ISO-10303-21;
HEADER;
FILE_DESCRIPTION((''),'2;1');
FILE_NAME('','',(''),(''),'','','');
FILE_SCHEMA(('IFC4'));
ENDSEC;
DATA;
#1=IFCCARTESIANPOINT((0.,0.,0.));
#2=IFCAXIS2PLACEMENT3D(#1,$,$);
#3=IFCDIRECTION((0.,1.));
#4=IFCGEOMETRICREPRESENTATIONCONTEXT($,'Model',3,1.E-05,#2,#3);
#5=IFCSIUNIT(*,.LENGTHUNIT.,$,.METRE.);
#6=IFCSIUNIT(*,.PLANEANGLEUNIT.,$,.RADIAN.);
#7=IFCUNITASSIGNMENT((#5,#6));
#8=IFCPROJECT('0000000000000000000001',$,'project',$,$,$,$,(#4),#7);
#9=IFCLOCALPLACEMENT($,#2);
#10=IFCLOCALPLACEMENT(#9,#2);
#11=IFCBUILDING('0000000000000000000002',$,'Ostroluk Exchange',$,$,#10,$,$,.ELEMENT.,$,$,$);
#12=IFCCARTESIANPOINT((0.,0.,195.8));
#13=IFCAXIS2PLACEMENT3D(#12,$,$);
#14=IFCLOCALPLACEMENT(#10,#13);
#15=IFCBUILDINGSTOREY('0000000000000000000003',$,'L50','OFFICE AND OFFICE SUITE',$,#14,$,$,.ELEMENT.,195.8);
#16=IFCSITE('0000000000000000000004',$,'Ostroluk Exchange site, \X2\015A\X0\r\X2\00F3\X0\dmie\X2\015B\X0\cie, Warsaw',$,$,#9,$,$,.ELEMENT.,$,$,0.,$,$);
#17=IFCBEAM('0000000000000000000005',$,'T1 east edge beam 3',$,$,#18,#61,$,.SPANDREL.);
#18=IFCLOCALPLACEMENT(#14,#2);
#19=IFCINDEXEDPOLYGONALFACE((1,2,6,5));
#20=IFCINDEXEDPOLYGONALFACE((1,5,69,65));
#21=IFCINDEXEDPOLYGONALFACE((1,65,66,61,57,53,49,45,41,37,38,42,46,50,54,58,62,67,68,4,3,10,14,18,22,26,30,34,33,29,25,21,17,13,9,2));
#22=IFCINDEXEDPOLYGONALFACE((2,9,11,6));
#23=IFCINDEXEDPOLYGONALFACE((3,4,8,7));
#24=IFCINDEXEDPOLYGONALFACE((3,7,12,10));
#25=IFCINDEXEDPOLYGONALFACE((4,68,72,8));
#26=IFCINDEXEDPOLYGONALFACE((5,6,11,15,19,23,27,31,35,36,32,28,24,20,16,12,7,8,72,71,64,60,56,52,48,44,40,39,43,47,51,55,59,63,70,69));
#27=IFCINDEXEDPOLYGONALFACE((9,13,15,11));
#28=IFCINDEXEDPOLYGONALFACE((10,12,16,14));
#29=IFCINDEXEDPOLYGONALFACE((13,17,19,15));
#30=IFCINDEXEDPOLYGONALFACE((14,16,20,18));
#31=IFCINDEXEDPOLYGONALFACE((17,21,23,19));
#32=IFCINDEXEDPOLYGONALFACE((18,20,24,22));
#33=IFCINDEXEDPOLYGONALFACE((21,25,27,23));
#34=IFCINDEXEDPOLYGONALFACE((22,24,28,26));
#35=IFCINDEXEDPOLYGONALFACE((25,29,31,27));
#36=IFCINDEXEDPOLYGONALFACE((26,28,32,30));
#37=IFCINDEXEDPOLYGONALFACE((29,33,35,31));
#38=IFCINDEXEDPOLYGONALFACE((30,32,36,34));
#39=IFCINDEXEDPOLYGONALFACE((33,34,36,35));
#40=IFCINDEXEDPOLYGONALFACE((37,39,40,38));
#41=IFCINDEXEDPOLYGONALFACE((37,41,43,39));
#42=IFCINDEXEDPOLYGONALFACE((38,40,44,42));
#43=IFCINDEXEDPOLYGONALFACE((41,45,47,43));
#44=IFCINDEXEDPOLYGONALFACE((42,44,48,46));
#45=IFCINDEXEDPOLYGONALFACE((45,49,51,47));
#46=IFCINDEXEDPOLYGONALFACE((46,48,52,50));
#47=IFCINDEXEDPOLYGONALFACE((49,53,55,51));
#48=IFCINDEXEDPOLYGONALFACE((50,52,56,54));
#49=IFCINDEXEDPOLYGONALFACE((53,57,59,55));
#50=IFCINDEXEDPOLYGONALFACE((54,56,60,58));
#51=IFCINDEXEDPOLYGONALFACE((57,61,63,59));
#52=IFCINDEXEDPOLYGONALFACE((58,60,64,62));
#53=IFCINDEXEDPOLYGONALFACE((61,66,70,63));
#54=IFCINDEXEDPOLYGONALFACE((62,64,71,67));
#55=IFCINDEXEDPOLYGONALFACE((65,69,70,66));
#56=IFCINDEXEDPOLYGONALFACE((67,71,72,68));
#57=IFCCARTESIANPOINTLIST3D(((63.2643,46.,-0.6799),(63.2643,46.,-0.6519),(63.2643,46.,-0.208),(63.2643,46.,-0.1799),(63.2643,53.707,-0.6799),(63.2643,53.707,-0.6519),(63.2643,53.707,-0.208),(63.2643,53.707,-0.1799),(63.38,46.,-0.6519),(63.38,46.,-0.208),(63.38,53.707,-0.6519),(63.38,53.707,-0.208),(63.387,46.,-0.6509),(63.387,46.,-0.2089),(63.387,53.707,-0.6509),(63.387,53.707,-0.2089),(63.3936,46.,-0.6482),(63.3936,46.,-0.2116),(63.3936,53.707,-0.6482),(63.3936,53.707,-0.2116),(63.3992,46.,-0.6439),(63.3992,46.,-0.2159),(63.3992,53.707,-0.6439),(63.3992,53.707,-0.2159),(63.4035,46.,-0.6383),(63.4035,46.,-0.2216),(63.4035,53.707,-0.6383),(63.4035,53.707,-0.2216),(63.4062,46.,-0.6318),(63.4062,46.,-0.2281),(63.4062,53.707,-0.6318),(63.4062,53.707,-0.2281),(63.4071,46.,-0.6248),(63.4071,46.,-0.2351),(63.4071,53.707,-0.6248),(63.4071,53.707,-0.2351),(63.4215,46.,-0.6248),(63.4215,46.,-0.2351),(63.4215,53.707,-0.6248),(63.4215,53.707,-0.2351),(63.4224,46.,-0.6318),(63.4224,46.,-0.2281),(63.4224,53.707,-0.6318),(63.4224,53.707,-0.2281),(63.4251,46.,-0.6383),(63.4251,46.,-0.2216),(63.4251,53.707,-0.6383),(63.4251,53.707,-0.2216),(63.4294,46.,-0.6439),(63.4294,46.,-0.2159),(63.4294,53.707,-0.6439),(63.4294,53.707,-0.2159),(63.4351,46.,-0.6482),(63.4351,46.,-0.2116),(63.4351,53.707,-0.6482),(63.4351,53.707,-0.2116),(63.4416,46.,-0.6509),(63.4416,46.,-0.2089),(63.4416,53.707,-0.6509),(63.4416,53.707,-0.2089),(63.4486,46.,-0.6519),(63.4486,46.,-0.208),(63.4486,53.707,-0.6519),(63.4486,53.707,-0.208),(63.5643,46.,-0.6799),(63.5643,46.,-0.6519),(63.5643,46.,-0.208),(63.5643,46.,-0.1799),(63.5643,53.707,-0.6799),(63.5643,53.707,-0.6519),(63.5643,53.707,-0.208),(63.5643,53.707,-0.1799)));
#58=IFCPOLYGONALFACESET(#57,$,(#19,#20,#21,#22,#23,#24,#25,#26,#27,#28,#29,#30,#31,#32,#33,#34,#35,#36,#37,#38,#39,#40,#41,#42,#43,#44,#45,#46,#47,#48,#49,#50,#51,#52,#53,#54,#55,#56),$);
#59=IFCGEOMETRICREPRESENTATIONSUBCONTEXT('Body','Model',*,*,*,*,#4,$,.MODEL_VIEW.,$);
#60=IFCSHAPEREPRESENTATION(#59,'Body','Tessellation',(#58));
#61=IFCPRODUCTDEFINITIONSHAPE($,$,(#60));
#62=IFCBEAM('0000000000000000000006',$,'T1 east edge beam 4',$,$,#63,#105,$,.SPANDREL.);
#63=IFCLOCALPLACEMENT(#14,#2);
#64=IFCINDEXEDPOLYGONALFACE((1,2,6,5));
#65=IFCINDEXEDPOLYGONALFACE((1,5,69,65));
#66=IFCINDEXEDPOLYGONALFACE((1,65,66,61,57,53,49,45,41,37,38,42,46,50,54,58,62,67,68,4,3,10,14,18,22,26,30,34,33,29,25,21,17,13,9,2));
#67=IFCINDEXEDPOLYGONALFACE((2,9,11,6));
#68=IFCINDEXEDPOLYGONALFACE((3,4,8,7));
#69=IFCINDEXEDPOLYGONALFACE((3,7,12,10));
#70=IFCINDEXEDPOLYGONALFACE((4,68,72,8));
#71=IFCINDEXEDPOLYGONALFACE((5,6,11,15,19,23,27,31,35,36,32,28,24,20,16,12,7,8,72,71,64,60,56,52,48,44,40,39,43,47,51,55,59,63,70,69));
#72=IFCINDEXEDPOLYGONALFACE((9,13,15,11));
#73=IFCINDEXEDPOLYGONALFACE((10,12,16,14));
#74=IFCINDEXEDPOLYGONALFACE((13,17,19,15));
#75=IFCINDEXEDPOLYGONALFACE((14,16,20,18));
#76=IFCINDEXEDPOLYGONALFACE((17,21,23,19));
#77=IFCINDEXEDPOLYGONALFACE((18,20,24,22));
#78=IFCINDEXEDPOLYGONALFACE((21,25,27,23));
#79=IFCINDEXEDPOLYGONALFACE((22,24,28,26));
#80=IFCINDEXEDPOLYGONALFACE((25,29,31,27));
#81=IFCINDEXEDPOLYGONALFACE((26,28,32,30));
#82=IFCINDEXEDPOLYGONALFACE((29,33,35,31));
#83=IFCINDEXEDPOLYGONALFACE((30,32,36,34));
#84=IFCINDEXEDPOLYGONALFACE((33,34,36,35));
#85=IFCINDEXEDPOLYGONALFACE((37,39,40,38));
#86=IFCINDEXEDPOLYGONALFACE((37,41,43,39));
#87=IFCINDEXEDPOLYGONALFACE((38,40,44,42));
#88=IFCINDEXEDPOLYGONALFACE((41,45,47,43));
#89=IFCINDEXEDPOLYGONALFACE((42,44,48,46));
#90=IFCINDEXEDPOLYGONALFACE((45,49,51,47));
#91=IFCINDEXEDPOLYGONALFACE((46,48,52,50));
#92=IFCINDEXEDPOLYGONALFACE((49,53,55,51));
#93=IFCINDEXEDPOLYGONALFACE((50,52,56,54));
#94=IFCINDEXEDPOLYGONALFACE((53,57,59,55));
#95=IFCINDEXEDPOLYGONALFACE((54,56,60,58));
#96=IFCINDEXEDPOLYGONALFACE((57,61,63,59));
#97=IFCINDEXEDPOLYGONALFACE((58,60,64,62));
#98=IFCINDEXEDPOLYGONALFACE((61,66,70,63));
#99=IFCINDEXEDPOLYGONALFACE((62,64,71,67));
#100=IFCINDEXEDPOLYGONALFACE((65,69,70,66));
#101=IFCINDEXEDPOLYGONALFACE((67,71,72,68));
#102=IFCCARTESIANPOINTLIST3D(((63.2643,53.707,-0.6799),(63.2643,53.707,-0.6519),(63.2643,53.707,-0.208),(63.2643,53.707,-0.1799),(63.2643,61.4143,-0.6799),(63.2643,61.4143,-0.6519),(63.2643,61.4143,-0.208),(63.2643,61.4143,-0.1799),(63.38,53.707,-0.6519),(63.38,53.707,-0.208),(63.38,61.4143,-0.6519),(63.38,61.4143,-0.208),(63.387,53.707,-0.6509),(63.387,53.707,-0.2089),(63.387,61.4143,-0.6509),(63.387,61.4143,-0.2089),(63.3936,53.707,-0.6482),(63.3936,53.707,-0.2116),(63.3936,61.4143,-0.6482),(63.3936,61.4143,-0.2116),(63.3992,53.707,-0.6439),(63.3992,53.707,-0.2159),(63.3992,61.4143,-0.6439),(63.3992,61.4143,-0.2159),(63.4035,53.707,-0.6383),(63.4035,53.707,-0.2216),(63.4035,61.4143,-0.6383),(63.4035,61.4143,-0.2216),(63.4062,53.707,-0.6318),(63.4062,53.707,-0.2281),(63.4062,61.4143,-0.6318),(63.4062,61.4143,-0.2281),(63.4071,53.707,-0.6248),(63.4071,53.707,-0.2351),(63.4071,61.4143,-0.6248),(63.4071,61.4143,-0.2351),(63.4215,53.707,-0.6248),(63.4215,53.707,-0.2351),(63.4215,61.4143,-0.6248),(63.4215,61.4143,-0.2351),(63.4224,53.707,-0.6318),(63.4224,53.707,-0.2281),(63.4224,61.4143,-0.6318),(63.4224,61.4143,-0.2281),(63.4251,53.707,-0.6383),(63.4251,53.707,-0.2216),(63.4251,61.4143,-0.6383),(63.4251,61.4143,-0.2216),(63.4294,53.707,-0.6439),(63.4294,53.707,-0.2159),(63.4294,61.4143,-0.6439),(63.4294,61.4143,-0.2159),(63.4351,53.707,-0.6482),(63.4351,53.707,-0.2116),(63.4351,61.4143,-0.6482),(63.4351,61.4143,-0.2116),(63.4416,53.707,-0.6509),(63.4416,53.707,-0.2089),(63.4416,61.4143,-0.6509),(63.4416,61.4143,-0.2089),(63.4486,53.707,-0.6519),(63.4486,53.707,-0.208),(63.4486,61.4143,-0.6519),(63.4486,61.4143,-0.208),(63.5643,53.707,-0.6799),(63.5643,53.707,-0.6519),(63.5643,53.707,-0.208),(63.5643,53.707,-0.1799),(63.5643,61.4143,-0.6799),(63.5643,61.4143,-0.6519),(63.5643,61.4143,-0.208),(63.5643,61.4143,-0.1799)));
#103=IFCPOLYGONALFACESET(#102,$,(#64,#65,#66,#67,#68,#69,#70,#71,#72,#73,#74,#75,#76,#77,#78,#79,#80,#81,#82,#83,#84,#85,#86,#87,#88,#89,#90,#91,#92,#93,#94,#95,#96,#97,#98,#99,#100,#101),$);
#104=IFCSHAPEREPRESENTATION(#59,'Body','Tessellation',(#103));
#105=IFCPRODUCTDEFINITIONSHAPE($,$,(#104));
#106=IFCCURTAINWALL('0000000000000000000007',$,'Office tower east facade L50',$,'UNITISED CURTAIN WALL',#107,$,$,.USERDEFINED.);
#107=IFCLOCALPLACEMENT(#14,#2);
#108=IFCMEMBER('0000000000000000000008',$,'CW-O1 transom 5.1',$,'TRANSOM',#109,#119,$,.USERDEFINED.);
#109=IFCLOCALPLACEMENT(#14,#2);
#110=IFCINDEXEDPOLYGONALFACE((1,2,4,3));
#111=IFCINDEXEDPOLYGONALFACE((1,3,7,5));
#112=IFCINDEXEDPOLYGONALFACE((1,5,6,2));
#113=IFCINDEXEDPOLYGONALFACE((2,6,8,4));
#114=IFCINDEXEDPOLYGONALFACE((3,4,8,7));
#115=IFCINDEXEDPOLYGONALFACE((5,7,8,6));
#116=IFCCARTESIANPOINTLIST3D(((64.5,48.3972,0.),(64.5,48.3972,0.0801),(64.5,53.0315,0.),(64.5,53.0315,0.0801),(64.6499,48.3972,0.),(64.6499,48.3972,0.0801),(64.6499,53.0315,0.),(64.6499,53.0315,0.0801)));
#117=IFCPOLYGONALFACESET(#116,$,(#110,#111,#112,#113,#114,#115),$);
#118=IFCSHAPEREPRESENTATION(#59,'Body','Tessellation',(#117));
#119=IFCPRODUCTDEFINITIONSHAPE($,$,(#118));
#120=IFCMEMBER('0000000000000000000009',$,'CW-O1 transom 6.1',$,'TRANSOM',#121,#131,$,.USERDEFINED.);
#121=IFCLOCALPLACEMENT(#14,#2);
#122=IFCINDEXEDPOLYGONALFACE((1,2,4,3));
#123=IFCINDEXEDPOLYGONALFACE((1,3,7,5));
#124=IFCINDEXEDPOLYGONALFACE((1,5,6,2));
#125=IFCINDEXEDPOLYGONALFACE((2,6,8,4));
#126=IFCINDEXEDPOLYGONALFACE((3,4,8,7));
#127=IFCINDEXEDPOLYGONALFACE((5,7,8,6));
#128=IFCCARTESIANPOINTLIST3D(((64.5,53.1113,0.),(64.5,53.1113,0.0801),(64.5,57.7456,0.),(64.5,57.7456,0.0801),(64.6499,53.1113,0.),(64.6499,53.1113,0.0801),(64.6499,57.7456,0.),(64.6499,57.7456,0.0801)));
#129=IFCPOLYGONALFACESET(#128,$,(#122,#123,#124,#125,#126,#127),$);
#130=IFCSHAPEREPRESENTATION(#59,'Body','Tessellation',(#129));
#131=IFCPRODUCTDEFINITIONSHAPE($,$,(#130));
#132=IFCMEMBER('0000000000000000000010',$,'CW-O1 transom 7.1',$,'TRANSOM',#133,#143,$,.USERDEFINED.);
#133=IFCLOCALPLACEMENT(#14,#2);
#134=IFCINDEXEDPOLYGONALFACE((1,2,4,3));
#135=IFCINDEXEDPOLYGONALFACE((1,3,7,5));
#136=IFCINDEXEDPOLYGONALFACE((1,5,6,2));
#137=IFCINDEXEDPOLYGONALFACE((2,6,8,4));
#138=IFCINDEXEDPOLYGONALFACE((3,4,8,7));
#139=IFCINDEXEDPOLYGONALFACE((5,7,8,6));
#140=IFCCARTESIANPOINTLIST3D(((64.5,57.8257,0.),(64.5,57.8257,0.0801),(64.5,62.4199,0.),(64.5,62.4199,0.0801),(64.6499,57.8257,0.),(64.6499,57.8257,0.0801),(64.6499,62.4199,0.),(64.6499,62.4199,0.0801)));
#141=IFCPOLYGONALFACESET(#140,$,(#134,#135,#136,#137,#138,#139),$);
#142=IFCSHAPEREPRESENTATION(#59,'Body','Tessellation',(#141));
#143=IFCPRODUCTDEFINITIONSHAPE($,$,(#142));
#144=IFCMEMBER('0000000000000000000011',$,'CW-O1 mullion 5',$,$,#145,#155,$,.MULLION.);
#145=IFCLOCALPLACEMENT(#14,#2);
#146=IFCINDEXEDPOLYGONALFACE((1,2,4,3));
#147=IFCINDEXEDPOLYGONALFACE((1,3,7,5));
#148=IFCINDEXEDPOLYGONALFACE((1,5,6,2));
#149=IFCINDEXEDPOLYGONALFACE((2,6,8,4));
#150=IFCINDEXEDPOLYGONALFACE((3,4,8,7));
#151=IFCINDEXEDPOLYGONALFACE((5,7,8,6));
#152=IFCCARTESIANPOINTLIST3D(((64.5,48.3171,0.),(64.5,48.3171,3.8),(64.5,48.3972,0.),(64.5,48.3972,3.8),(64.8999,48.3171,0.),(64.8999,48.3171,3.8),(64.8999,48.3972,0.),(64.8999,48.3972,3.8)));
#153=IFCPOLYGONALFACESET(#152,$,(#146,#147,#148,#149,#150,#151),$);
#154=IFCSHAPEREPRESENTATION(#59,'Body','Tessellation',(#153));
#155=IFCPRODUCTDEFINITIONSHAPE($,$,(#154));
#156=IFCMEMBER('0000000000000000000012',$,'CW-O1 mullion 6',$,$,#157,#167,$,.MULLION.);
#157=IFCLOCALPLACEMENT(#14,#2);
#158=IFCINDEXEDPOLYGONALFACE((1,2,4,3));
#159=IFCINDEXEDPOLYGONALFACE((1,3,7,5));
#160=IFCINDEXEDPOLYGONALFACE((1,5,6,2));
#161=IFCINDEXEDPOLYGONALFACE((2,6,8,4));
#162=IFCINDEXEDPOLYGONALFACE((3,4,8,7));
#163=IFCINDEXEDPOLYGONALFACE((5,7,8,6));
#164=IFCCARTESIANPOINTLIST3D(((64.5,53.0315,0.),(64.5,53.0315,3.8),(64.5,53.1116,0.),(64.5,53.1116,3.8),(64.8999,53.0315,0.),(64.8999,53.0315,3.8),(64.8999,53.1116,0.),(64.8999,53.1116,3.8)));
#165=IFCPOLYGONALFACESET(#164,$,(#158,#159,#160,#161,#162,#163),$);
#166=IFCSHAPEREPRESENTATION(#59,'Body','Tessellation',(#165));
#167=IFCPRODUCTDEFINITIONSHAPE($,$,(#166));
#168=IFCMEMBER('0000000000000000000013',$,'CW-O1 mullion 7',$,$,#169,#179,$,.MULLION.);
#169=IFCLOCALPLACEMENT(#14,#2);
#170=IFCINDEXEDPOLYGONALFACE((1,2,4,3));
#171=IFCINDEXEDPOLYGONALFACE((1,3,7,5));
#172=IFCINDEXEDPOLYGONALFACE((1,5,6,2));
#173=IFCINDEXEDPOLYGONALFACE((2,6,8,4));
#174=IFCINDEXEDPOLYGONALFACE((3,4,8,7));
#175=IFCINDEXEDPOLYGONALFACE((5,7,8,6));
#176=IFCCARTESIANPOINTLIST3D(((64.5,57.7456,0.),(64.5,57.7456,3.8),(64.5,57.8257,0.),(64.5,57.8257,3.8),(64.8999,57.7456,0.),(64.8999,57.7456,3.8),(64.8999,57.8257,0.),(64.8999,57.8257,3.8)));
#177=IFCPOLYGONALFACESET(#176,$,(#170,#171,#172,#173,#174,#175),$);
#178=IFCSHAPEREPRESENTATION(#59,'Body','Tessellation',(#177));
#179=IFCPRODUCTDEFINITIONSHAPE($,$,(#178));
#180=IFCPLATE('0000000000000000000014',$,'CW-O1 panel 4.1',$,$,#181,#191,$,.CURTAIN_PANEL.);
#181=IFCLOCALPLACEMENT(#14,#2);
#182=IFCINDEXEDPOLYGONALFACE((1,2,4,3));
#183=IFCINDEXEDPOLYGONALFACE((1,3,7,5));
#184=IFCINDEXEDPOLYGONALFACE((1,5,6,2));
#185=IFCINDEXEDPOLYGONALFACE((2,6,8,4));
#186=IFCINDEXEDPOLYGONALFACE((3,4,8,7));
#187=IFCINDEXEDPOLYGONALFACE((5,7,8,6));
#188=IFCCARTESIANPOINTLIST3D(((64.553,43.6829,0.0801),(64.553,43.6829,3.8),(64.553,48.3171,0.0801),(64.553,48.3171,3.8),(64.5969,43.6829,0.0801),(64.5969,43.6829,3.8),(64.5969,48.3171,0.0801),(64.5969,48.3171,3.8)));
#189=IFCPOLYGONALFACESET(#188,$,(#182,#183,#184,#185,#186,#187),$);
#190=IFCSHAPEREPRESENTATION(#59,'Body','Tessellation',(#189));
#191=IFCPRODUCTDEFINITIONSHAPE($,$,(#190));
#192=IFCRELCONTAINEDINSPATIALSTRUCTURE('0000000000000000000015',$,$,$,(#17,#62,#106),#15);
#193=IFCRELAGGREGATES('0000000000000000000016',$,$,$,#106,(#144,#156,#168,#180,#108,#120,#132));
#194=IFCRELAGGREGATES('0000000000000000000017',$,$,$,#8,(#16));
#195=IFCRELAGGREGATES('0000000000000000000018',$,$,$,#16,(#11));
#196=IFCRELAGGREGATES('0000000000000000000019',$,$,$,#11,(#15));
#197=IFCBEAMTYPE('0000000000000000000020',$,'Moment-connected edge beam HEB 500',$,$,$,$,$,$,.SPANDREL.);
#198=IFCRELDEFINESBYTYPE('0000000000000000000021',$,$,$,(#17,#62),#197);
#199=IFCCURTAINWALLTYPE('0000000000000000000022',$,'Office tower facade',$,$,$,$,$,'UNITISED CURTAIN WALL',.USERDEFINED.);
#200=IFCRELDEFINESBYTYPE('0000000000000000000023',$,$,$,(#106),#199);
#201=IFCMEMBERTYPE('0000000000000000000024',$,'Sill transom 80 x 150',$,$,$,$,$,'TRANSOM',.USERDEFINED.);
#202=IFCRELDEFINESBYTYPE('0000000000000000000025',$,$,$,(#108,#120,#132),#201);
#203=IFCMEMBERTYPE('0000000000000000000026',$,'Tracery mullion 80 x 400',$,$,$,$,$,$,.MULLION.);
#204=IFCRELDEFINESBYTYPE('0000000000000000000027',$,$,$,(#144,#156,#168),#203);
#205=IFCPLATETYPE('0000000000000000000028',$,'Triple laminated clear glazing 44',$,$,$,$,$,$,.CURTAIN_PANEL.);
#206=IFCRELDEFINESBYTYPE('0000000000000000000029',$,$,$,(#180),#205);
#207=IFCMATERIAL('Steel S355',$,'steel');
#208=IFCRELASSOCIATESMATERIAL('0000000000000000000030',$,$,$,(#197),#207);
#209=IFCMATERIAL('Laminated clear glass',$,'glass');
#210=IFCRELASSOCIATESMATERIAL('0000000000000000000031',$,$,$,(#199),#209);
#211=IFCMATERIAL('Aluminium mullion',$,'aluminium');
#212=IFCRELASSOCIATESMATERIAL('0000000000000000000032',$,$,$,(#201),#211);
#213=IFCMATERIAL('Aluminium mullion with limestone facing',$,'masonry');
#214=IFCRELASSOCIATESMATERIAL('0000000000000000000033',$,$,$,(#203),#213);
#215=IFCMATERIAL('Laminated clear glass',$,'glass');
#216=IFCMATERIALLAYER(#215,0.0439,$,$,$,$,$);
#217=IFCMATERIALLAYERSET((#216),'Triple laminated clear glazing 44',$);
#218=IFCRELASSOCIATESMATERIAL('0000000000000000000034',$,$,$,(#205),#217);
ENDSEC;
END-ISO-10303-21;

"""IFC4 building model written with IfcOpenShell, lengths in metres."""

from ifc_helpers import new_model, si_unit, direction, frame, origin, origin_2d, place, context, subcontext, project, spatial, rectangle, i_section, extrude, material, layer, layer_set, material_profile, profile_set, type_object, element, aggregate, save


model = new_model("IFC4")

# Units and contexts
model_context = context("Model", 3, precision=1e-05, world=origin(), true_north=direction((0.0, 1.0)))
body_context = subcontext(model_context, "Body", "Model", "MODEL_VIEW")
ifc_project = project(units=[si_unit("LENGTHUNIT", "METRE"), si_unit("PLANEANGLEUNIT", "RADIAN")], contexts=[model_context])

# Site, building, storey
site_placement = place(None, origin())
site = spatial("IfcSite", under=ifc_project, at=site_placement, Name="Ostroluk Exchange site, Śródmieście, Warsaw", CompositionType="ELEMENT", RefElevation=0.0)
building_placement = place(site_placement, origin())
building = spatial("IfcBuilding", under=site, at=building_placement, Name="Ostroluk Exchange", CompositionType="ELEMENT")
storey_placement = place(building_placement, frame((0.0, 0.0, 195.8)))
storey = spatial("IfcBuildingStorey", under=building, at=storey_placement, Name="L50", Description="OFFICE AND OFFICE SUITE", CompositionType="ELEMENT", Elevation=195.8)

# Beams
ifc_material_1 = material(Name="Steel S355", Category="steel")
ifc_material_profile_1 = material_profile(ifc_material_1, i_section(OverallWidth=0.3, OverallDepth=0.5, WebThickness=0.0144, FlangeThickness=0.0281, FilletRadius=0.0271, at=origin_2d()), Name="HEB 500")
ifc_profile_set_1 = profile_set([ifc_material_profile_1], Name="Steel S355")
beam_type_1 = type_object("IfcBeamType", Name="Moment-connected edge beam HEB 500", PredefinedType="SPANDREL", material=ifc_profile_set_1)
beam_1_placement = place(storey_placement, frame((63.4143, 46.0, -0.4299), z_axis=(0.0, 1.0, 0.0), x_axis=(-1.0, 0.0, 0.0)))
element("IfcBeam", 1, at=beam_1_placement, inside=storey, type_object=beam_type_1, Name="T1 east edge beam 3", PredefinedType="SPANDREL", context=body_context, shape_type="SweptSolid", body=[
    extrude(i_section(OverallWidth=0.3, OverallDepth=0.5, WebThickness=0.0144, FlangeThickness=0.0281, FilletRadius=0.0271, at=origin_2d()), origin(), (0.0, 0.0, 1.0), 7.707),
])
beam_2_placement = place(storey_placement, frame((63.4143, 53.707, -0.4299), z_axis=(0.0, 1.0, 0.0), x_axis=(-1.0, 0.0, 0.0)))
element("IfcBeam", 2, at=beam_2_placement, inside=storey, type_object=beam_type_1, Name="T1 east edge beam 4", PredefinedType="SPANDREL", context=body_context, shape_type="SweptSolid", body=[
    extrude(i_section(OverallWidth=0.3, OverallDepth=0.5, WebThickness=0.0144, FlangeThickness=0.0281, FilletRadius=0.0271, at=origin_2d()), origin(), (0.0, 0.0, 1.0), 7.7073),
])

# Curtain wall, members, plate
ifc_material_2 = material(Name="Laminated clear glass", Category="glass")
curtain_wall_type = type_object("IfcCurtainWallType", Name="Office tower facade", ElementType="UNITISED CURTAIN WALL", PredefinedType="USERDEFINED", material=ifc_material_2)
curtain_wall_placement = place(storey_placement, origin())
curtain_wall = element("IfcCurtainWall", 3, at=curtain_wall_placement, inside=storey, type_object=curtain_wall_type, Name="Office tower east facade L50", ObjectType="UNITISED CURTAIN WALL", PredefinedType="USERDEFINED")
ifc_material_3 = material(Name="Aluminium mullion", Category="aluminium")
ifc_material_profile_2 = material_profile(ifc_material_3, rectangle(XDim=0.1499, YDim=0.0801, at=origin_2d()), Name="Sill transom 80 x 150")
ifc_profile_set_2 = profile_set([ifc_material_profile_2], Name="Aluminium mullion")
member_type_1 = type_object("IfcMemberType", Name="Sill transom 80 x 150", ElementType="TRANSOM", PredefinedType="USERDEFINED", material=ifc_profile_set_2)
member_1_placement = place(storey_placement, frame((64.575, 48.3972, 0.04), z_axis=(0.0, 1.0, 0.0), x_axis=(-1.0, 0.0, 0.0)))
member_1 = element("IfcMember", 4, at=member_1_placement, type_object=member_type_1, Name="CW-O1 transom 5.1", ObjectType="TRANSOM", PredefinedType="USERDEFINED", context=body_context, shape_type="SweptSolid", body=[
    extrude(rectangle(XDim=0.1499, YDim=0.0801, at=origin_2d()), origin(), (0.0, 0.0, 1.0), 4.6343),
])
member_2_placement = place(storey_placement, frame((64.575, 53.1113, 0.04), z_axis=(0.0, 1.0, 0.0), x_axis=(-1.0, 0.0, 0.0)))
member_2 = element("IfcMember", 5, at=member_2_placement, type_object=member_type_1, Name="CW-O1 transom 6.1", ObjectType="TRANSOM", PredefinedType="USERDEFINED", context=body_context, shape_type="SweptSolid", body=[
    extrude(rectangle(XDim=0.1499, YDim=0.0801, at=origin_2d()), origin(), (0.0, 0.0, 1.0), 4.6343),
])
member_3_placement = place(storey_placement, frame((64.575, 57.8257, 0.04), z_axis=(0.0, 1.0, 0.0), x_axis=(-1.0, 0.0, 0.0)))
member_3 = element("IfcMember", 6, at=member_3_placement, type_object=member_type_1, Name="CW-O1 transom 7.1", ObjectType="TRANSOM", PredefinedType="USERDEFINED", context=body_context, shape_type="SweptSolid", body=[
    extrude(rectangle(XDim=0.1499, YDim=0.0801, at=origin_2d()), origin(), (0.0, 0.0, 1.0), 4.5942),
])
ifc_material_4 = material(Name="Aluminium mullion with limestone facing", Category="masonry")
ifc_material_profile_3 = material_profile(ifc_material_4, rectangle(XDim=0.3999, YDim=0.0801, at=origin_2d()), Name="Tracery mullion 80 x 400")
ifc_profile_set_3 = profile_set([ifc_material_profile_3], Name="Aluminium mullion with limestone facing")
member_type_2 = type_object("IfcMemberType", Name="Tracery mullion 80 x 400", PredefinedType="MULLION", material=ifc_profile_set_3)
member_4_placement = place(storey_placement, frame((64.7, 48.3572, 0.0), z_axis=(0.0, 0.0, 1.0), x_axis=(-1.0, 0.0, 0.0)))
member_4 = element("IfcMember", 7, at=member_4_placement, type_object=member_type_2, Name="CW-O1 mullion 5", PredefinedType="MULLION", context=body_context, shape_type="SweptSolid", body=[
    extrude(rectangle(XDim=0.3999, YDim=0.0801, at=origin_2d()), origin(), (0.0, 0.0, 1.0), 3.8),
])
member_5_placement = place(storey_placement, frame((64.7, 53.0715, 0.0), z_axis=(0.0, 0.0, 1.0), x_axis=(-1.0, 0.0, 0.0)))
member_5 = element("IfcMember", 8, at=member_5_placement, type_object=member_type_2, Name="CW-O1 mullion 6", PredefinedType="MULLION", context=body_context, shape_type="SweptSolid", body=[
    extrude(rectangle(XDim=0.3999, YDim=0.0801, at=origin_2d()), origin(), (0.0, 0.0, 1.0), 3.8),
])
member_6_placement = place(storey_placement, frame((64.7, 57.7856, 0.0), z_axis=(0.0, 0.0, 1.0), x_axis=(-1.0, 0.0, 0.0)))
member_6 = element("IfcMember", 9, at=member_6_placement, type_object=member_type_2, Name="CW-O1 mullion 7", PredefinedType="MULLION", context=body_context, shape_type="SweptSolid", body=[
    extrude(rectangle(XDim=0.3999, YDim=0.0801, at=origin_2d()), origin(), (0.0, 0.0, 1.0), 3.8),
])
ifc_material_5 = material(Name="Laminated clear glass", Category="glass")
ifc_layer_1 = layer(ifc_material_5, 0.0439)
ifc_layer_set_1 = layer_set([ifc_layer_1], Name="Triple laminated clear glazing 44")
plate_type = type_object("IfcPlateType", Name="Triple laminated clear glazing 44", PredefinedType="CURTAIN_PANEL", material=ifc_layer_set_1)
plate_1_placement = place(storey_placement, frame((64.575, 46.0, 0.0801), z_axis=(0.0, 0.0, 1.0), x_axis=(0.0, 1.0, 0.0)))
plate_1 = element("IfcPlate", 10, at=plate_1_placement, type_object=plate_type, Name="CW-O1 panel 4.1", PredefinedType="CURTAIN_PANEL", context=body_context, shape_type="SweptSolid", body=[
    extrude(rectangle(XDim=4.6343, YDim=0.0439, at=origin_2d()), origin(), (0.0, 0.0, 1.0), 3.72),
])
aggregate(curtain_wall, [member_4, member_5, member_6, plate_1, member_1, member_2, member_3])

save(model, "model.ifc")
